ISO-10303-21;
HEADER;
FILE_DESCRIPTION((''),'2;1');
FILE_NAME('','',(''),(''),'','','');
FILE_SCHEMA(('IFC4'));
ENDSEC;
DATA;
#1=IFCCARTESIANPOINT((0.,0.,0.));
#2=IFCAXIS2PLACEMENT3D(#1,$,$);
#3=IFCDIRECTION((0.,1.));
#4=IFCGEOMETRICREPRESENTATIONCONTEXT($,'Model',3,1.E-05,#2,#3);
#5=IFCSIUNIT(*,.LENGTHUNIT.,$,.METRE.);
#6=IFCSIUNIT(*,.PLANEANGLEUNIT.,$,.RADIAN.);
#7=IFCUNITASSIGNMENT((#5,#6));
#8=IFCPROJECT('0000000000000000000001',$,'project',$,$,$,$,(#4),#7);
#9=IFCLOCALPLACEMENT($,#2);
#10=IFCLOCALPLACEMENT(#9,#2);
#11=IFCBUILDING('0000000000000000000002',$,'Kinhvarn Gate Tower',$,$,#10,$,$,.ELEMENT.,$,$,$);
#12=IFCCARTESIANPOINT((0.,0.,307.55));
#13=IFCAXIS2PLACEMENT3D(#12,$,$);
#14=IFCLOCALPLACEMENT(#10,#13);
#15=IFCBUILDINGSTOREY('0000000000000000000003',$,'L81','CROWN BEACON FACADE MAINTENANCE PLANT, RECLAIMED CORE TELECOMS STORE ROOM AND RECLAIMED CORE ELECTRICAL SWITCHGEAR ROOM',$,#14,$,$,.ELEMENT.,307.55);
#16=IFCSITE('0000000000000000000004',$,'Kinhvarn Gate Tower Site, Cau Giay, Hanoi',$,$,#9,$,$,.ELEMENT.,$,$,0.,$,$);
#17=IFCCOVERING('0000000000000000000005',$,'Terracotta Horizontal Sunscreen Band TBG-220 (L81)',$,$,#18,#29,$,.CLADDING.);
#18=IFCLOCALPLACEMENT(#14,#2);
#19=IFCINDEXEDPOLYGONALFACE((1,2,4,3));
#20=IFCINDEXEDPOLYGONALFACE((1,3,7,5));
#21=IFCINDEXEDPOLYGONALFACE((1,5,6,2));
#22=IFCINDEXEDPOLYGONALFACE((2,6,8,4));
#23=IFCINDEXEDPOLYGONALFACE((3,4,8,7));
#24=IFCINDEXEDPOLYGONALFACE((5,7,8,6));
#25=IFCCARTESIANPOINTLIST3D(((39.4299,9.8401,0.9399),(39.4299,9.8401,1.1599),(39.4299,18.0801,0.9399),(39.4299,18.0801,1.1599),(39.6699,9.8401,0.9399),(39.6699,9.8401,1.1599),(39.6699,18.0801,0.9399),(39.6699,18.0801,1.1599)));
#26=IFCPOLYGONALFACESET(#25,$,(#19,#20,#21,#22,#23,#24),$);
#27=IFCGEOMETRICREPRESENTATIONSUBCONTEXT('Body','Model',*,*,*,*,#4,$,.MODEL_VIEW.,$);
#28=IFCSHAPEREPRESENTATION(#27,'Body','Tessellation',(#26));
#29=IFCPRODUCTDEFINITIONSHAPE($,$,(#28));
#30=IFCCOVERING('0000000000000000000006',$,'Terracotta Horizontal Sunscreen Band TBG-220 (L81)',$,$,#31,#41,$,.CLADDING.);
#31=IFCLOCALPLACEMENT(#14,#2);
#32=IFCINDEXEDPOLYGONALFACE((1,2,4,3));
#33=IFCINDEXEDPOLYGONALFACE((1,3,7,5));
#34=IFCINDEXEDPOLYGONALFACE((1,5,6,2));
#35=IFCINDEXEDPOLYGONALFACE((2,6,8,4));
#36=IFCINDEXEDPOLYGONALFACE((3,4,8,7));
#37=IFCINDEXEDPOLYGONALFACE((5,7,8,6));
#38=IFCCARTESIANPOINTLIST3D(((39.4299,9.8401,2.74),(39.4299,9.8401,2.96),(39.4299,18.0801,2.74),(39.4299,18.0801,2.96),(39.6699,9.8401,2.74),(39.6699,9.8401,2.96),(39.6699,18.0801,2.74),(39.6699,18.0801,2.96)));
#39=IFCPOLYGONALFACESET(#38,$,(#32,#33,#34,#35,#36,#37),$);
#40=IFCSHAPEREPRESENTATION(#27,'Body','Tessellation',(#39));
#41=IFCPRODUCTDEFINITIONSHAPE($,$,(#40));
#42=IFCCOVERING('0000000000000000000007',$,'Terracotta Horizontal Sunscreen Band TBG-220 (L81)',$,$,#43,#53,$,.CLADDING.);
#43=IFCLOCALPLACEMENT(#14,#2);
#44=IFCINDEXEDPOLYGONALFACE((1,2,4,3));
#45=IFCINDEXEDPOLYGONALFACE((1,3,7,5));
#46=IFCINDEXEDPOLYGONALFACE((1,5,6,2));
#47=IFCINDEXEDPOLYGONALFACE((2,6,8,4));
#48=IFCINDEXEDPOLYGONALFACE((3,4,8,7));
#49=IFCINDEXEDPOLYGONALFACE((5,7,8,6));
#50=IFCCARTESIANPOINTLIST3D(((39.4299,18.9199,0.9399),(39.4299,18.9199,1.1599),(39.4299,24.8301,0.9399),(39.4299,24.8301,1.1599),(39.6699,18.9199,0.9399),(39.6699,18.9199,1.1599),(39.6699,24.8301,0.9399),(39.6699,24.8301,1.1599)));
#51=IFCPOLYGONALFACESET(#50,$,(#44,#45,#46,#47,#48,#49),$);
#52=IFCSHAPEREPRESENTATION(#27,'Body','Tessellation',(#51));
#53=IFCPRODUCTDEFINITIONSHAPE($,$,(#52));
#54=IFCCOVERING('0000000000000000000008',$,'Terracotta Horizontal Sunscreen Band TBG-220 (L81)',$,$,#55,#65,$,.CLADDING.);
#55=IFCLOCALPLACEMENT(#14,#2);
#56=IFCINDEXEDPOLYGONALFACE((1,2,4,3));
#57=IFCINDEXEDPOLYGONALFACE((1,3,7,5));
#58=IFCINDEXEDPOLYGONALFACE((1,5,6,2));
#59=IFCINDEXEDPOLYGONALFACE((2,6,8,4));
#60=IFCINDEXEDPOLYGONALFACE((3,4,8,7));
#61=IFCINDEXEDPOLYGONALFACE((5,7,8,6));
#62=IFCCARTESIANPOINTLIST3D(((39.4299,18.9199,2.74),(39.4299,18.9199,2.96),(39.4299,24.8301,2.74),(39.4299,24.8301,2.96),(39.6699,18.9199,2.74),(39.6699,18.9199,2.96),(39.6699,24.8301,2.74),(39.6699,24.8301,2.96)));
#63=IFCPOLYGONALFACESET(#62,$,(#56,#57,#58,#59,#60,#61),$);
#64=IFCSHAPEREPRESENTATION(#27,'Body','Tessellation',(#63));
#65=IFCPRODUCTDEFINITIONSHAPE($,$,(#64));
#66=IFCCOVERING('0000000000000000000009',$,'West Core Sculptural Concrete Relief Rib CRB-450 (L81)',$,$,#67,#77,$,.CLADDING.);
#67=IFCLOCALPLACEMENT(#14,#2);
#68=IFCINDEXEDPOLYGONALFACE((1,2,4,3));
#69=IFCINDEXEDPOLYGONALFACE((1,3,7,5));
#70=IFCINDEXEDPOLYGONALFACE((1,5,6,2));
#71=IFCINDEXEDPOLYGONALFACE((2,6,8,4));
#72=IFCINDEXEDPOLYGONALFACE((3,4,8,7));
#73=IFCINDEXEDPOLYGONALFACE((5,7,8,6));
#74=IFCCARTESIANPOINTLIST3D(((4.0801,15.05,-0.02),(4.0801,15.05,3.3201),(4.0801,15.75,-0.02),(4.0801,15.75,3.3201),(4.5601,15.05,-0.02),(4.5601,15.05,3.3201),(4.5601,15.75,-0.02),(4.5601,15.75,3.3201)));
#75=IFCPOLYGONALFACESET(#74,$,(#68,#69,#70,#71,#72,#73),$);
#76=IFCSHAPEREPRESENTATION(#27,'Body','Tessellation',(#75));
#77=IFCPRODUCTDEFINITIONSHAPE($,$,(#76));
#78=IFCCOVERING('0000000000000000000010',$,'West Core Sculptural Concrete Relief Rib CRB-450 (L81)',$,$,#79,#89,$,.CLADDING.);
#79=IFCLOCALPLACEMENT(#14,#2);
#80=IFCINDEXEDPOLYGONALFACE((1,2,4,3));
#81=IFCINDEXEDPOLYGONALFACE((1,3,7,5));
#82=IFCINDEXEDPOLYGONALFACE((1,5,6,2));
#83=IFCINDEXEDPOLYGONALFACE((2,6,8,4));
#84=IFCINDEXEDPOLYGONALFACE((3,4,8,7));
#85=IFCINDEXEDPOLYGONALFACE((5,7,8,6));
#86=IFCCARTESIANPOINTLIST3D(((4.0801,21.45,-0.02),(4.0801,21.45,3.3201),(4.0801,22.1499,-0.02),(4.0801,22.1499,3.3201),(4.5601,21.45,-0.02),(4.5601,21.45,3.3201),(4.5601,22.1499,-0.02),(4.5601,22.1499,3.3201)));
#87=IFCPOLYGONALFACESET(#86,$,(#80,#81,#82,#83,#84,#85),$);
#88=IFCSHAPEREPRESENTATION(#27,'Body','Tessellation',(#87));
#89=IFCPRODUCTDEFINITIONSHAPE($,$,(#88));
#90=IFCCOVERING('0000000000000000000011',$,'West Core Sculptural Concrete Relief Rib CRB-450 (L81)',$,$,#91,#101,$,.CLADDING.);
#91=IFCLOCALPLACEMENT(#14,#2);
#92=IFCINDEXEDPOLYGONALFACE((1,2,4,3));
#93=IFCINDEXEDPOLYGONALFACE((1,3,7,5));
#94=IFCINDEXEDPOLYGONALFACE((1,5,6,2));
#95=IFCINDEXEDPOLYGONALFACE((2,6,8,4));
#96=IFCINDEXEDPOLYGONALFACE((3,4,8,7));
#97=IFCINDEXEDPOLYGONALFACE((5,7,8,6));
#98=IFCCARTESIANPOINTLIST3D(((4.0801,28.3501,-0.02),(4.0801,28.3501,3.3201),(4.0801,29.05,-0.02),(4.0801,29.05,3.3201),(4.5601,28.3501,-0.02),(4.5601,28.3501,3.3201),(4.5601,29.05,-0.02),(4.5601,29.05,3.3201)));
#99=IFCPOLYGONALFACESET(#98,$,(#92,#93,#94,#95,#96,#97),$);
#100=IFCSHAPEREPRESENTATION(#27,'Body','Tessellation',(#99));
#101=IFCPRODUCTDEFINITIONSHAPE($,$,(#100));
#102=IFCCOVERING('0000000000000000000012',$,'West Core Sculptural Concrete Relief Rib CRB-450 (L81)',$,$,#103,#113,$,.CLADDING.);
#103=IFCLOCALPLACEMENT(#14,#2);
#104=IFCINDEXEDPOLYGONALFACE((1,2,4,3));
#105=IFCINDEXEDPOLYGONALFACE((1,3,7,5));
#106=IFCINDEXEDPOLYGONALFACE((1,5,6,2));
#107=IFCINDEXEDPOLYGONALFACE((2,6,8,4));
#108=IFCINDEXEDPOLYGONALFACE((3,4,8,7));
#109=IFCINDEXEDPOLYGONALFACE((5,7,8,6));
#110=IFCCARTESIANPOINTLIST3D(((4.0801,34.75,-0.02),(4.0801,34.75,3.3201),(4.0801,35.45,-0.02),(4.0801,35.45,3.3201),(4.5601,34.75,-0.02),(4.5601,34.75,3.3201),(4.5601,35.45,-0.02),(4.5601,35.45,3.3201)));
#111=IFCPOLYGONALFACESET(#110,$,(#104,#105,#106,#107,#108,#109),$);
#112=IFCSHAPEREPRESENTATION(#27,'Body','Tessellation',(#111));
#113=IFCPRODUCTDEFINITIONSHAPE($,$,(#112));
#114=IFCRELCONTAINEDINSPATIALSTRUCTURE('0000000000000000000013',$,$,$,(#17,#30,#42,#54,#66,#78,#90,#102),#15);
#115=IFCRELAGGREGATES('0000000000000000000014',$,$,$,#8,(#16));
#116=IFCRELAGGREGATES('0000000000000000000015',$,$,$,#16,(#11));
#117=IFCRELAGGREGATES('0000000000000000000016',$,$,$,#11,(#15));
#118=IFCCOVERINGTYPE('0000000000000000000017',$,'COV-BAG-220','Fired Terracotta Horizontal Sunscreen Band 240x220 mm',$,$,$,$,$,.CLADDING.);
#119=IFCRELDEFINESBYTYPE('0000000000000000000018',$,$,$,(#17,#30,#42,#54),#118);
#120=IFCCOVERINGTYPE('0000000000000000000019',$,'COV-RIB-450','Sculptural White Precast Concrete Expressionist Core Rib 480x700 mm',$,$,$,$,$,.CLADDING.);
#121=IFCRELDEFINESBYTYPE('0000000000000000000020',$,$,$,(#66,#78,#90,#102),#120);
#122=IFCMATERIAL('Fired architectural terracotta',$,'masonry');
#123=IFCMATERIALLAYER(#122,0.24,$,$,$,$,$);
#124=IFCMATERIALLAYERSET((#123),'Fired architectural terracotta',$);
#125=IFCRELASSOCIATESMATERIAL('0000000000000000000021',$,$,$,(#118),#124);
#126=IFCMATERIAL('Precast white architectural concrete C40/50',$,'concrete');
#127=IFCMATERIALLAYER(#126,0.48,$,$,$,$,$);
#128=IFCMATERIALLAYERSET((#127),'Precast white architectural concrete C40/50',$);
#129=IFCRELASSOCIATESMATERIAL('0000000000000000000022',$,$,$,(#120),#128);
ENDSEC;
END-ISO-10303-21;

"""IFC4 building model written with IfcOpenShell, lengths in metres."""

from ifc_helpers import new_model, si_unit, direction, frame, origin, place, context, subcontext, project, spatial, polyline, outline, extrude, material, layer, layer_set, type_object, element, save


model = new_model("IFC4")

# Units and contexts
model_context = context("Model", 3, precision=1e-05, world=origin(), true_north=direction((0.0, 1.0)))
body_context = subcontext(model_context, "Body", "Model", "MODEL_VIEW")
ifc_project = project(units=[si_unit("LENGTHUNIT", "METRE"), si_unit("PLANEANGLEUNIT", "RADIAN")], contexts=[model_context])

# Site, building, storey
site_placement = place(None, origin())
site = spatial("IfcSite", under=ifc_project, at=site_placement, Name="Kinhvarn Gate Tower Site, Cau Giay, Hanoi", CompositionType="ELEMENT", RefElevation=0.0)
building_placement = place(site_placement, origin())
building = spatial("IfcBuilding", under=site, at=building_placement, Name="Kinhvarn Gate Tower", CompositionType="ELEMENT")
storey_placement = place(building_placement, frame((0.0, 0.0, 307.55)))
storey = spatial("IfcBuildingStorey", under=building, at=storey_placement, Name="L81", Description="CROWN BEACON FACADE MAINTENANCE PLANT, RECLAIMED CORE TELECOMS STORE ROOM AND RECLAIMED CORE ELECTRICAL SWITCHGEAR ROOM", CompositionType="ELEMENT", Elevation=307.55)

# Coverings
ifc_material_1 = material(Name="Fired architectural terracotta", Category="masonry")
ifc_layer_1 = layer(ifc_material_1, 0.24)
ifc_layer_set_1 = layer_set([ifc_layer_1], Name="Fired architectural terracotta")
covering_type_1 = type_object("IfcCoveringType", Name="COV-BAG-220", Description="Fired Terracotta Horizontal Sunscreen Band 240x220 mm", PredefinedType="CLADDING", material=ifc_layer_set_1)
for number, where, name in (
    (1, (0.0, 0.0, 0.9399), "Terracotta Horizontal Sunscreen Band TBG-220 (L81)"),
    (2, (0.0, 0.0, 2.74), "Terracotta Horizontal Sunscreen Band TBG-220 (L81)"),
):
    element("IfcCovering", number, at=place(storey_placement, frame(where)), inside=storey, type_object=covering_type_1, Name=name, PredefinedType="CLADDING", context=body_context, shape_type="SweptSolid", body=[
        extrude(outline(polyline([(39.4299, 9.8401), (39.4299, 18.0801), (39.6699, 18.0801), (39.6699, 9.8401), (39.4299, 9.8401)])), origin(), (0.0, 0.0, 1.0), 0.22),
    ])
for number, where, name in (
    (3, (0.0, 0.0, 0.9399), "Terracotta Horizontal Sunscreen Band TBG-220 (L81)"),
    (4, (0.0, 0.0, 2.74), "Terracotta Horizontal Sunscreen Band TBG-220 (L81)"),
):
    element("IfcCovering", number, at=place(storey_placement, frame(where)), inside=storey, type_object=covering_type_1, Name=name, PredefinedType="CLADDING", context=body_context, shape_type="SweptSolid", body=[
        extrude(outline(polyline([(39.4299, 18.9199), (39.4299, 24.8301), (39.6699, 24.8301), (39.6699, 18.9199), (39.4299, 18.9199)])), origin(), (0.0, 0.0, 1.0), 0.22),
    ])
ifc_material_2 = material(Name="Precast white architectural concrete C40/50", Category="concrete")
ifc_layer_2 = layer(ifc_material_2, 0.48)
ifc_layer_set_2 = layer_set([ifc_layer_2], Name="Precast white architectural concrete C40/50")
covering_type_2 = type_object("IfcCoveringType", Name="COV-RIB-450", Description="Sculptural White Precast Concrete Expressionist Core Rib 480x700 mm", PredefinedType="CLADDING", material=ifc_layer_set_2)
covering_1_placement = place(storey_placement, frame((0.0, 0.0, -0.02)))
element("IfcCovering", 5, at=covering_1_placement, inside=storey, type_object=covering_type_2, Name="West Core Sculptural Concrete Relief Rib CRB-450 (L81)", PredefinedType="CLADDING", context=body_context, shape_type="SweptSolid", body=[
    extrude(outline(polyline([(4.0801, 15.05), (4.5601, 15.05), (4.5601, 15.75), (4.0801, 15.75), (4.0801, 15.05)])), origin(), (0.0, 0.0, 1.0), 3.3401),
])
covering_2_placement = place(storey_placement, frame((0.0, 0.0, -0.02)))
element("IfcCovering", 6, at=covering_2_placement, inside=storey, type_object=covering_type_2, Name="West Core Sculptural Concrete Relief Rib CRB-450 (L81)", PredefinedType="CLADDING", context=body_context, shape_type="SweptSolid", body=[
    extrude(outline(polyline([(4.0801, 21.45), (4.5601, 21.45), (4.5601, 22.1499), (4.0801, 22.1499), (4.0801, 21.45)])), origin(), (0.0, 0.0, 1.0), 3.3401),
])
covering_3_placement = place(storey_placement, frame((0.0, 0.0, -0.02)))
element("IfcCovering", 7, at=covering_3_placement, inside=storey, type_object=covering_type_2, Name="West Core Sculptural Concrete Relief Rib CRB-450 (L81)", PredefinedType="CLADDING", context=body_context, shape_type="SweptSolid", body=[
    extrude(outline(polyline([(4.0801, 28.3501), (4.5601, 28.3501), (4.5601, 29.05), (4.0801, 29.05), (4.0801, 28.3501)])), origin(), (0.0, 0.0, 1.0), 3.3401),
])
covering_4_placement = place(storey_placement, frame((0.0, 0.0, -0.02)))
element("IfcCovering", 8, at=covering_4_placement, inside=storey, type_object=covering_type_2, Name="West Core Sculptural Concrete Relief Rib CRB-450 (L81)", PredefinedType="CLADDING", context=body_context, shape_type="SweptSolid", body=[
    extrude(outline(polyline([(4.0801, 34.75), (4.5601, 34.75), (4.5601, 35.45), (4.0801, 35.45), (4.0801, 34.75)])), origin(), (0.0, 0.0, 1.0), 3.3401),
])

save(model, "model.ifc")
